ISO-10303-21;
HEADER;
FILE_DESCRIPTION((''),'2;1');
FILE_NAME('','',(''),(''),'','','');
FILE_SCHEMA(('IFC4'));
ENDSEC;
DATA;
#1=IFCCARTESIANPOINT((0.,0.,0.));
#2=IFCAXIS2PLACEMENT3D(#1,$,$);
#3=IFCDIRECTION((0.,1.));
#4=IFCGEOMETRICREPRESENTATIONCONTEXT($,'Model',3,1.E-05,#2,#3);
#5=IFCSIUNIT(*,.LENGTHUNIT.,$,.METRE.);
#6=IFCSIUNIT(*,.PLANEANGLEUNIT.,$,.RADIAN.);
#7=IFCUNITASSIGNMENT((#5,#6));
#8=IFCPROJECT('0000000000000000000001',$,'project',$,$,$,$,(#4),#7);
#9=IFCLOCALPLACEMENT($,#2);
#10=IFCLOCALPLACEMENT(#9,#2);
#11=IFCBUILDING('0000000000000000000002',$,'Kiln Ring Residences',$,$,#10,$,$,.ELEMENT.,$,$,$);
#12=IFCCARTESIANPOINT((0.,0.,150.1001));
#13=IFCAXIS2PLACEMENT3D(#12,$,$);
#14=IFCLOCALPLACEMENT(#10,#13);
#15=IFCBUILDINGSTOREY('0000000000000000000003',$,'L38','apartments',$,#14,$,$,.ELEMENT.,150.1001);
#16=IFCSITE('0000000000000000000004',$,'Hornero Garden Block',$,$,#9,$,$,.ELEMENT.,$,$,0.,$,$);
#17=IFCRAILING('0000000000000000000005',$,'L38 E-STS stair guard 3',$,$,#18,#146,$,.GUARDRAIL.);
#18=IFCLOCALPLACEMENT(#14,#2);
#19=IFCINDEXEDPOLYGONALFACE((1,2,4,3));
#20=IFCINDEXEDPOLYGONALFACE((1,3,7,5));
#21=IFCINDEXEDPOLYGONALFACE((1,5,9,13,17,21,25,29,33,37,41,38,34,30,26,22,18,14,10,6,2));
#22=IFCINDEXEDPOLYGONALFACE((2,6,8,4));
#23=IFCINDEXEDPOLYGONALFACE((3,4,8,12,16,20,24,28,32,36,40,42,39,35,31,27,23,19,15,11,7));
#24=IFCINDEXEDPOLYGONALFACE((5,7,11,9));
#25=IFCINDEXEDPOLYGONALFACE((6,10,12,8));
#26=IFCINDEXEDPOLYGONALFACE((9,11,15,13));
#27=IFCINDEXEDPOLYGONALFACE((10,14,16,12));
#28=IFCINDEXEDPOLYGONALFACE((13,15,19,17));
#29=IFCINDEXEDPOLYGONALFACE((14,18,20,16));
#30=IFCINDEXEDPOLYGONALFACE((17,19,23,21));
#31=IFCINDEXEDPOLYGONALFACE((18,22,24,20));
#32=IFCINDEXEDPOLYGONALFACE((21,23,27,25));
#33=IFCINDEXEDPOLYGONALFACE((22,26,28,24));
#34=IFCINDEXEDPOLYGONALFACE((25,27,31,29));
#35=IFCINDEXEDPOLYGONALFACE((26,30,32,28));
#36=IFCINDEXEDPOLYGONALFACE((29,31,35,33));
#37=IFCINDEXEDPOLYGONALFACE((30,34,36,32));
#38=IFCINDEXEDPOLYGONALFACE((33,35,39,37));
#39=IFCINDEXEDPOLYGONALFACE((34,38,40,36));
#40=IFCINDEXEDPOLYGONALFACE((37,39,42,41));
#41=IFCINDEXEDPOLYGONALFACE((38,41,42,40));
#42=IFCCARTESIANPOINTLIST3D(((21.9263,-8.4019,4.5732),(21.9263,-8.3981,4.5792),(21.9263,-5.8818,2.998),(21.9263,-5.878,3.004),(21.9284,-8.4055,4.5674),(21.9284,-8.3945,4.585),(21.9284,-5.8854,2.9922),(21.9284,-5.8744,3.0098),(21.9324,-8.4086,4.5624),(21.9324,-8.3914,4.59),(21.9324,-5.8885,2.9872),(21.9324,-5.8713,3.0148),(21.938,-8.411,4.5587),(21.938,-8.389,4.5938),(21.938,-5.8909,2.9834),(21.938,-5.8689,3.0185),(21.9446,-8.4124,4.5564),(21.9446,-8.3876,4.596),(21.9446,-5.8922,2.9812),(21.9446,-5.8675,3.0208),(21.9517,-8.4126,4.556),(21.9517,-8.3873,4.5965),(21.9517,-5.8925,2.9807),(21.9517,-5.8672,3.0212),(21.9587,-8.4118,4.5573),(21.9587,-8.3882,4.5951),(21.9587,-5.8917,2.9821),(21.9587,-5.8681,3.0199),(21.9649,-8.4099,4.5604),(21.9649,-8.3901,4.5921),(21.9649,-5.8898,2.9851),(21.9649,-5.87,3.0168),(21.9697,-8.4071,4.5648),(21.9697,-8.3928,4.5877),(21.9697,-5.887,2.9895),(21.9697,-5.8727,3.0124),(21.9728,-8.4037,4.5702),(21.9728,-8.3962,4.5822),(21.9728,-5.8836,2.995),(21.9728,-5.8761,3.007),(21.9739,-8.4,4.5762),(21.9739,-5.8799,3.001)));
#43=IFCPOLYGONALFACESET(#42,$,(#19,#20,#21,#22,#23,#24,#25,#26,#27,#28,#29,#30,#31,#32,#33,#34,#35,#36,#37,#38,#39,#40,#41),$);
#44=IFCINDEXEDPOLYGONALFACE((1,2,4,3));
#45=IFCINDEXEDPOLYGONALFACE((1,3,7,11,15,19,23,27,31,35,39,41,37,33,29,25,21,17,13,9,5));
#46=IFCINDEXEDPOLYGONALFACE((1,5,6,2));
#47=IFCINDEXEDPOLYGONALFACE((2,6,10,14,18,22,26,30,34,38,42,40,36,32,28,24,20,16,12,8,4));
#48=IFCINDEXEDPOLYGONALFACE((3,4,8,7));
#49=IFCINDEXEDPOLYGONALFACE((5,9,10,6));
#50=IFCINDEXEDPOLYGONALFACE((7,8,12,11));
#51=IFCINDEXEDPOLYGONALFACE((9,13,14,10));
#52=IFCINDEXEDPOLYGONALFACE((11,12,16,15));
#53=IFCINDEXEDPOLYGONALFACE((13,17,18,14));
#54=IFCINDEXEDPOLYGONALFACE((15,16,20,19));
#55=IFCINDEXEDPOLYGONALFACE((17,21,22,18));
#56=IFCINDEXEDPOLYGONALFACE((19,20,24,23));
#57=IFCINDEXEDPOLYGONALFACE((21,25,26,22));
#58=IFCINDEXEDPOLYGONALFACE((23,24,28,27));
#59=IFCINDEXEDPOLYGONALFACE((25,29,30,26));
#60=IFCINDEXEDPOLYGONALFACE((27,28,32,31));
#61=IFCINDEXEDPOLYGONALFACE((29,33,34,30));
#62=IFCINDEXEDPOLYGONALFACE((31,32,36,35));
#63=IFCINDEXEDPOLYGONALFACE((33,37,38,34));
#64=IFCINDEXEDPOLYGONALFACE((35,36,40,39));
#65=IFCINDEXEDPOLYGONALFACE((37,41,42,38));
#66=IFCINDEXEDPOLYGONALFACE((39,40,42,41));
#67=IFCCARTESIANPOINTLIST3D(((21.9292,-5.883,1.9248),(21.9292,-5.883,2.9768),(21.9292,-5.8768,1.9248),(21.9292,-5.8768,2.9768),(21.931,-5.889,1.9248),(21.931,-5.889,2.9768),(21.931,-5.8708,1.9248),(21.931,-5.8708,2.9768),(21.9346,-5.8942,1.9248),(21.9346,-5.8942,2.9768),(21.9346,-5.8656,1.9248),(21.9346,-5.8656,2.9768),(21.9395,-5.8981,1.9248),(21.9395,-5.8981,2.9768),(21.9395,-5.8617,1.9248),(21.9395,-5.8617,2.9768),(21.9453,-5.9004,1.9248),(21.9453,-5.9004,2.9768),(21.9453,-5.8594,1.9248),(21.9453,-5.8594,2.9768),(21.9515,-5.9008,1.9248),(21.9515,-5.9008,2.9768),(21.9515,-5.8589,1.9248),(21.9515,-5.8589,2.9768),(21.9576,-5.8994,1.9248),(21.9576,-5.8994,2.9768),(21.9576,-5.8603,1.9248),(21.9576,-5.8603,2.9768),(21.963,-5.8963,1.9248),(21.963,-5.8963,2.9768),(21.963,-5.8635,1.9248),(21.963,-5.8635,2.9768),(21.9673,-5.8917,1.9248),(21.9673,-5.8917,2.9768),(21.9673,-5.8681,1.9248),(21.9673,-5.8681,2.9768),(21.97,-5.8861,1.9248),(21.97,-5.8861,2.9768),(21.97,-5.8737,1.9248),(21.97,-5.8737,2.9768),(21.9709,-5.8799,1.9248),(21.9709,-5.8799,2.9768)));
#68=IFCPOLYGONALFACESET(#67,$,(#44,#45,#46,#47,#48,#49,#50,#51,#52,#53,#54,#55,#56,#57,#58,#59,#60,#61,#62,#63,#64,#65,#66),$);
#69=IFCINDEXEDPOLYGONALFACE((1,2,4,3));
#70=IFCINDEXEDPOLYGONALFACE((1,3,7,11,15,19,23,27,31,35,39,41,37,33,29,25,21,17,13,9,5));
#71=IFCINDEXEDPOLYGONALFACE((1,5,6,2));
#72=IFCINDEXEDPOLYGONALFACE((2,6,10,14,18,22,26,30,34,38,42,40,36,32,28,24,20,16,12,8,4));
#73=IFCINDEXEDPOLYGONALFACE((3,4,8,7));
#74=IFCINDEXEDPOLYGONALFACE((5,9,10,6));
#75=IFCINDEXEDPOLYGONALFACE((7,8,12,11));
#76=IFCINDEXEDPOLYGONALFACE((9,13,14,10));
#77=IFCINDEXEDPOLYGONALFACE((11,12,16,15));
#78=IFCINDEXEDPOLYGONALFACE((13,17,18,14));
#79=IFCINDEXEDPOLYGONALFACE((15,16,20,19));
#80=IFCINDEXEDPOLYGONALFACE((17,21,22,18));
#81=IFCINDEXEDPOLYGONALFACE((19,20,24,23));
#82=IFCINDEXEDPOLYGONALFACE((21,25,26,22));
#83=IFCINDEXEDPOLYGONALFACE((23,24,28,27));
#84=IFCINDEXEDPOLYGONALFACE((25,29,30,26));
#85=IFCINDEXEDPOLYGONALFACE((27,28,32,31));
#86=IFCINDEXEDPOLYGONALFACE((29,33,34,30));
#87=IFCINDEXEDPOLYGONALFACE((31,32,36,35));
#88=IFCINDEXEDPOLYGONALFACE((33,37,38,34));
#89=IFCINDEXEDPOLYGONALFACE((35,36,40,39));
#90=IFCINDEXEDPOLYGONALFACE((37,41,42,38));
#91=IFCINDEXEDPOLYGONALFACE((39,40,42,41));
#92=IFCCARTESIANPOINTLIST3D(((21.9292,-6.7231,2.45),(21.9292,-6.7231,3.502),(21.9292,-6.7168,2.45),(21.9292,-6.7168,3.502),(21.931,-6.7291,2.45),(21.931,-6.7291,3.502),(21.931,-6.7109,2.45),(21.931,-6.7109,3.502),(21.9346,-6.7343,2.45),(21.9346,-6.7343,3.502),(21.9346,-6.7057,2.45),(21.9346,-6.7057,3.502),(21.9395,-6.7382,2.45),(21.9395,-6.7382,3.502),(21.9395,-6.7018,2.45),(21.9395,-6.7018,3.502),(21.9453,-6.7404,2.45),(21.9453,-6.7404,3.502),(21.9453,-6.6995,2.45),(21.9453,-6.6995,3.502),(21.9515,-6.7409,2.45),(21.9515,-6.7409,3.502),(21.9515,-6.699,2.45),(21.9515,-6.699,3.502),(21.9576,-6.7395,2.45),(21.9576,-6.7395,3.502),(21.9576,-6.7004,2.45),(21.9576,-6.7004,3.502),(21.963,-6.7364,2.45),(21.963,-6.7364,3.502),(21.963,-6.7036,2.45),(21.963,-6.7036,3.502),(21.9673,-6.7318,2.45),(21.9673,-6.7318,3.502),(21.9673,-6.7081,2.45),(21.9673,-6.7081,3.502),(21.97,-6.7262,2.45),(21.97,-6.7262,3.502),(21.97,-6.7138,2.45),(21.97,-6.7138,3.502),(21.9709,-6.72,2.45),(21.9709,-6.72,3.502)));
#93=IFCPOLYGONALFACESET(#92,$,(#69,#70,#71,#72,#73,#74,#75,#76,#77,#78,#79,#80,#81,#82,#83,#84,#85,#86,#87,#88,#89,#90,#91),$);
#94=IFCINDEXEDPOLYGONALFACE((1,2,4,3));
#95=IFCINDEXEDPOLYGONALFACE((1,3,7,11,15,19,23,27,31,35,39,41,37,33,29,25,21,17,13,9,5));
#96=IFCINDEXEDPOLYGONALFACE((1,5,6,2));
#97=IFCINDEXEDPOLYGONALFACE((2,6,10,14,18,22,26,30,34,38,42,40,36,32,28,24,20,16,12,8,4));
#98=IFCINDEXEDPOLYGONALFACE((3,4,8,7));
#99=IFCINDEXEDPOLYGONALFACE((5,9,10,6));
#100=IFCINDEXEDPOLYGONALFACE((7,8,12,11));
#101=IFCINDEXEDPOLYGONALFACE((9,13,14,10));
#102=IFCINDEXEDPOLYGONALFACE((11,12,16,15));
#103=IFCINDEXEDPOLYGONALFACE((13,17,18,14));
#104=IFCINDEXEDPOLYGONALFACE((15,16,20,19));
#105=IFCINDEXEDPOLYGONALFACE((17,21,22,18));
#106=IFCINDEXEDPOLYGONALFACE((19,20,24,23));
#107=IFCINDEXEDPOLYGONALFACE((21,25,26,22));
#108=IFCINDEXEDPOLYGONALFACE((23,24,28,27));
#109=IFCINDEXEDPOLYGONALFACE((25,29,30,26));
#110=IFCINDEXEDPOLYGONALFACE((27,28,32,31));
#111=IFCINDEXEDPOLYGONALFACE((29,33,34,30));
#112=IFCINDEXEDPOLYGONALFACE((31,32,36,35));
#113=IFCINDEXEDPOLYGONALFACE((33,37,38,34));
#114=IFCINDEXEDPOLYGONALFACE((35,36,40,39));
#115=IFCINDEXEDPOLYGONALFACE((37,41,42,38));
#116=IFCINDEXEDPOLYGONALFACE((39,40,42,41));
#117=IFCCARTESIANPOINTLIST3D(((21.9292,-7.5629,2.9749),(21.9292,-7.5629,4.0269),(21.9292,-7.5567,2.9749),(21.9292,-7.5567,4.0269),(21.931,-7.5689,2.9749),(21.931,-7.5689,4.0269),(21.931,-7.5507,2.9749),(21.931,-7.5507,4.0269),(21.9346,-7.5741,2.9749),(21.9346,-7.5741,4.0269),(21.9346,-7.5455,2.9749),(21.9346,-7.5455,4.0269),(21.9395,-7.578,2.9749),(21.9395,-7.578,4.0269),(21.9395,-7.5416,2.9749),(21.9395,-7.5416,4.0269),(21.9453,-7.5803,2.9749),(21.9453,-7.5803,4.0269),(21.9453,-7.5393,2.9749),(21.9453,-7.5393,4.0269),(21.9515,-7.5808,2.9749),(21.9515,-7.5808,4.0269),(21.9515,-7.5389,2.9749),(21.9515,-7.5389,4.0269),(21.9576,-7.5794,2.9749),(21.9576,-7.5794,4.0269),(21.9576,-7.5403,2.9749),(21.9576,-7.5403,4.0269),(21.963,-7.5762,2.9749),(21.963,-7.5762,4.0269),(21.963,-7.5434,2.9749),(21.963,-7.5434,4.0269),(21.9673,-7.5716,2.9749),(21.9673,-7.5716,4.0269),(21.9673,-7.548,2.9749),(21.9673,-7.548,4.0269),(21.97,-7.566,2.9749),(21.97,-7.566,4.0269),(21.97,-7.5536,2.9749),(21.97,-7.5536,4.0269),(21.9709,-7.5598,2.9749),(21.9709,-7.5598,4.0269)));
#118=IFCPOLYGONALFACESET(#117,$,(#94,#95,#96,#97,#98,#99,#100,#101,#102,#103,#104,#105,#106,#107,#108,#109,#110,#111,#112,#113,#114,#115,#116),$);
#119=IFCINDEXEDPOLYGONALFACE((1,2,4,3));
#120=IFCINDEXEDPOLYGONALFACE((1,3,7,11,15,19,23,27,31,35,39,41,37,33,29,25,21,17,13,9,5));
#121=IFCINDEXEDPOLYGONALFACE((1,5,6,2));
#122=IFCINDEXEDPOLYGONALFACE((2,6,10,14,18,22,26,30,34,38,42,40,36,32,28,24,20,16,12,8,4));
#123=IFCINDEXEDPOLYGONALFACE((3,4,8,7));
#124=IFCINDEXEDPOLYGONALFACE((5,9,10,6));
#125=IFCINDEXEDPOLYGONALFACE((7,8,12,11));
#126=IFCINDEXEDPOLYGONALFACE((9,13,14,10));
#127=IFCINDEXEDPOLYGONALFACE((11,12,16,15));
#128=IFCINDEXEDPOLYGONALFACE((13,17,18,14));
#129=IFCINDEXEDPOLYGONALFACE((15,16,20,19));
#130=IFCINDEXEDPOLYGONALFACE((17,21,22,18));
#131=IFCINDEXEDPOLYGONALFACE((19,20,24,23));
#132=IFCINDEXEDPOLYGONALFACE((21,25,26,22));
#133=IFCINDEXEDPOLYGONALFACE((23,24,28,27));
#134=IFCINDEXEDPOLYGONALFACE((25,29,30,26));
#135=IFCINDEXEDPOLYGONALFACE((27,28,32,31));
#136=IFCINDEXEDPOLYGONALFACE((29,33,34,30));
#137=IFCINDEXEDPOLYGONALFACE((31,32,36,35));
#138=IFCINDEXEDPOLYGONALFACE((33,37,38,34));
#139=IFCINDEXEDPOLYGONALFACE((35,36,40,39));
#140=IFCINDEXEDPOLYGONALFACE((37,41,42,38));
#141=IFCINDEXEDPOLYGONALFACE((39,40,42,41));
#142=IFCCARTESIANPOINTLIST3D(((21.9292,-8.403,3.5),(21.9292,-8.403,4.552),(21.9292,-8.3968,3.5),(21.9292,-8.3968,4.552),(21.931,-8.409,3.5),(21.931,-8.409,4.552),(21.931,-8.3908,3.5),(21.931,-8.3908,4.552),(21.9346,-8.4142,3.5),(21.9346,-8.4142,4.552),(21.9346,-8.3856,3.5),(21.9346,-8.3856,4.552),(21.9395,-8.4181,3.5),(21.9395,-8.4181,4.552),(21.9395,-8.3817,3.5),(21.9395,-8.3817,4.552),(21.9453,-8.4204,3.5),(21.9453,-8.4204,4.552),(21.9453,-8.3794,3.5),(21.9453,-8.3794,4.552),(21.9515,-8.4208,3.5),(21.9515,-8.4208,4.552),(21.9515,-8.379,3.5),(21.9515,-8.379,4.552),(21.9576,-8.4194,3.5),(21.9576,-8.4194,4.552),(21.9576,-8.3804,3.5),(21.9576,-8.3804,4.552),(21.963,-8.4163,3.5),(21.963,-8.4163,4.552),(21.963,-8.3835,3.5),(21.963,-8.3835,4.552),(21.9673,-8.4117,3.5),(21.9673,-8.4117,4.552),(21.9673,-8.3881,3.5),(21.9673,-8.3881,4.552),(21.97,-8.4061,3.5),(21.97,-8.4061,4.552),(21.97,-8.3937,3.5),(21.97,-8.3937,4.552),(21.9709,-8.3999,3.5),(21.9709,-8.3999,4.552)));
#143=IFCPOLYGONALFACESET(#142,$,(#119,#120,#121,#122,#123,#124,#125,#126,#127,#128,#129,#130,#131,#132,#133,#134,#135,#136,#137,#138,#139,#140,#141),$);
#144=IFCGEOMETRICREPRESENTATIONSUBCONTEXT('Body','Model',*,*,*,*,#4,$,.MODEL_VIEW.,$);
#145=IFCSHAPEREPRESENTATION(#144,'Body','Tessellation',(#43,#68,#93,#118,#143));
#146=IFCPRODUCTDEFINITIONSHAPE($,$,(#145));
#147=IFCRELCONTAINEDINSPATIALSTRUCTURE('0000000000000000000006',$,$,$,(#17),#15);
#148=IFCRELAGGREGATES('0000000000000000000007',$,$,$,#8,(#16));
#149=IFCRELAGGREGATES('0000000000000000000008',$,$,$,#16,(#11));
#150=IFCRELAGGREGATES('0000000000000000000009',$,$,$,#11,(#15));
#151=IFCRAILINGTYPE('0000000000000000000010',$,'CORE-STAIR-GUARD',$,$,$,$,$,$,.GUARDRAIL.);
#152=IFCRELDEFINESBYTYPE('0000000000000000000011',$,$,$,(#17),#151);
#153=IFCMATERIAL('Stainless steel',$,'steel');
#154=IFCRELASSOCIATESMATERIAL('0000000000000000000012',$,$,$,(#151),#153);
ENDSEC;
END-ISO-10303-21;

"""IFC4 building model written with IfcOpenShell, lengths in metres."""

from ifc_helpers import new_model, si_unit, direction, frame, origin, origin_2d, place, context, subcontext, project, spatial, circle, extrude, material, type_object, element, save


model = new_model("IFC4")

# Units and contexts
model_context = context("Model", 3, precision=1e-05, world=origin(), true_north=direction((0.0, 1.0)))
body_context = subcontext(model_context, "Body", "Model", "MODEL_VIEW")
ifc_project = project(units=[si_unit("LENGTHUNIT", "METRE"), si_unit("PLANEANGLEUNIT", "RADIAN")], contexts=[model_context])

# Site, building, storey
site_placement = place(None, origin())
site = spatial("IfcSite", under=ifc_project, at=site_placement, Name="Hornero Garden Block", CompositionType="ELEMENT", RefElevation=0.0)
building_placement = place(site_placement, origin())
building = spatial("IfcBuilding", under=site, at=building_placement, Name="Kiln Ring Residences", CompositionType="ELEMENT")
storey_placement = place(building_placement, frame((0.0, 0.0, 150.1001)))
storey = spatial("IfcBuildingStorey", under=building, at=storey_placement, Name="L38", Description="apartments", CompositionType="ELEMENT", Elevation=150.1001)

# Railing
ifc_material_1 = material(Name="Stainless steel", Category="steel")
railing_type_1 = type_object("IfcRailingType", Name="CORE-STAIR-GUARD", PredefinedType="GUARDRAIL", material=ifc_material_1)
railing_1_placement = place(storey_placement, frame((21.95, -5.8799, 1.9248)))
element("IfcRailing", 1, at=railing_1_placement, inside=storey, type_object=railing_type_1, Name="L38 E-STS stair guard 3", PredefinedType="GUARDRAIL", context=body_context, shape_type="SweptSolid", body=[
    extrude(circle(Radius=0.0239, at=origin_2d()), frame((0.0, 0.0, 1.0762), z_axis=(0.0, -0.847971, 0.530043), x_axis=(1.0, 0.0, 0.0)), (0.0, 0.0, 1.0), 2.9719),
    extrude(circle(Radius=0.021, at=origin_2d()), origin(), (0.0, 0.0, 1.0), 1.052),
    extrude(circle(Radius=0.021, at=origin_2d()), frame((0.0, -0.8401, 0.5251)), (0.0, 0.0, 1.0), 1.052),
    extrude(circle(Radius=0.021, at=origin_2d()), frame((0.0, -1.6799, 1.05)), (0.0, 0.0, 1.0), 1.052),
    extrude(circle(Radius=0.021, at=origin_2d()), frame((0.0, -2.52, 1.5752)), (0.0, 0.0, 1.0), 1.052),
])

save(model, "model.ifc")
